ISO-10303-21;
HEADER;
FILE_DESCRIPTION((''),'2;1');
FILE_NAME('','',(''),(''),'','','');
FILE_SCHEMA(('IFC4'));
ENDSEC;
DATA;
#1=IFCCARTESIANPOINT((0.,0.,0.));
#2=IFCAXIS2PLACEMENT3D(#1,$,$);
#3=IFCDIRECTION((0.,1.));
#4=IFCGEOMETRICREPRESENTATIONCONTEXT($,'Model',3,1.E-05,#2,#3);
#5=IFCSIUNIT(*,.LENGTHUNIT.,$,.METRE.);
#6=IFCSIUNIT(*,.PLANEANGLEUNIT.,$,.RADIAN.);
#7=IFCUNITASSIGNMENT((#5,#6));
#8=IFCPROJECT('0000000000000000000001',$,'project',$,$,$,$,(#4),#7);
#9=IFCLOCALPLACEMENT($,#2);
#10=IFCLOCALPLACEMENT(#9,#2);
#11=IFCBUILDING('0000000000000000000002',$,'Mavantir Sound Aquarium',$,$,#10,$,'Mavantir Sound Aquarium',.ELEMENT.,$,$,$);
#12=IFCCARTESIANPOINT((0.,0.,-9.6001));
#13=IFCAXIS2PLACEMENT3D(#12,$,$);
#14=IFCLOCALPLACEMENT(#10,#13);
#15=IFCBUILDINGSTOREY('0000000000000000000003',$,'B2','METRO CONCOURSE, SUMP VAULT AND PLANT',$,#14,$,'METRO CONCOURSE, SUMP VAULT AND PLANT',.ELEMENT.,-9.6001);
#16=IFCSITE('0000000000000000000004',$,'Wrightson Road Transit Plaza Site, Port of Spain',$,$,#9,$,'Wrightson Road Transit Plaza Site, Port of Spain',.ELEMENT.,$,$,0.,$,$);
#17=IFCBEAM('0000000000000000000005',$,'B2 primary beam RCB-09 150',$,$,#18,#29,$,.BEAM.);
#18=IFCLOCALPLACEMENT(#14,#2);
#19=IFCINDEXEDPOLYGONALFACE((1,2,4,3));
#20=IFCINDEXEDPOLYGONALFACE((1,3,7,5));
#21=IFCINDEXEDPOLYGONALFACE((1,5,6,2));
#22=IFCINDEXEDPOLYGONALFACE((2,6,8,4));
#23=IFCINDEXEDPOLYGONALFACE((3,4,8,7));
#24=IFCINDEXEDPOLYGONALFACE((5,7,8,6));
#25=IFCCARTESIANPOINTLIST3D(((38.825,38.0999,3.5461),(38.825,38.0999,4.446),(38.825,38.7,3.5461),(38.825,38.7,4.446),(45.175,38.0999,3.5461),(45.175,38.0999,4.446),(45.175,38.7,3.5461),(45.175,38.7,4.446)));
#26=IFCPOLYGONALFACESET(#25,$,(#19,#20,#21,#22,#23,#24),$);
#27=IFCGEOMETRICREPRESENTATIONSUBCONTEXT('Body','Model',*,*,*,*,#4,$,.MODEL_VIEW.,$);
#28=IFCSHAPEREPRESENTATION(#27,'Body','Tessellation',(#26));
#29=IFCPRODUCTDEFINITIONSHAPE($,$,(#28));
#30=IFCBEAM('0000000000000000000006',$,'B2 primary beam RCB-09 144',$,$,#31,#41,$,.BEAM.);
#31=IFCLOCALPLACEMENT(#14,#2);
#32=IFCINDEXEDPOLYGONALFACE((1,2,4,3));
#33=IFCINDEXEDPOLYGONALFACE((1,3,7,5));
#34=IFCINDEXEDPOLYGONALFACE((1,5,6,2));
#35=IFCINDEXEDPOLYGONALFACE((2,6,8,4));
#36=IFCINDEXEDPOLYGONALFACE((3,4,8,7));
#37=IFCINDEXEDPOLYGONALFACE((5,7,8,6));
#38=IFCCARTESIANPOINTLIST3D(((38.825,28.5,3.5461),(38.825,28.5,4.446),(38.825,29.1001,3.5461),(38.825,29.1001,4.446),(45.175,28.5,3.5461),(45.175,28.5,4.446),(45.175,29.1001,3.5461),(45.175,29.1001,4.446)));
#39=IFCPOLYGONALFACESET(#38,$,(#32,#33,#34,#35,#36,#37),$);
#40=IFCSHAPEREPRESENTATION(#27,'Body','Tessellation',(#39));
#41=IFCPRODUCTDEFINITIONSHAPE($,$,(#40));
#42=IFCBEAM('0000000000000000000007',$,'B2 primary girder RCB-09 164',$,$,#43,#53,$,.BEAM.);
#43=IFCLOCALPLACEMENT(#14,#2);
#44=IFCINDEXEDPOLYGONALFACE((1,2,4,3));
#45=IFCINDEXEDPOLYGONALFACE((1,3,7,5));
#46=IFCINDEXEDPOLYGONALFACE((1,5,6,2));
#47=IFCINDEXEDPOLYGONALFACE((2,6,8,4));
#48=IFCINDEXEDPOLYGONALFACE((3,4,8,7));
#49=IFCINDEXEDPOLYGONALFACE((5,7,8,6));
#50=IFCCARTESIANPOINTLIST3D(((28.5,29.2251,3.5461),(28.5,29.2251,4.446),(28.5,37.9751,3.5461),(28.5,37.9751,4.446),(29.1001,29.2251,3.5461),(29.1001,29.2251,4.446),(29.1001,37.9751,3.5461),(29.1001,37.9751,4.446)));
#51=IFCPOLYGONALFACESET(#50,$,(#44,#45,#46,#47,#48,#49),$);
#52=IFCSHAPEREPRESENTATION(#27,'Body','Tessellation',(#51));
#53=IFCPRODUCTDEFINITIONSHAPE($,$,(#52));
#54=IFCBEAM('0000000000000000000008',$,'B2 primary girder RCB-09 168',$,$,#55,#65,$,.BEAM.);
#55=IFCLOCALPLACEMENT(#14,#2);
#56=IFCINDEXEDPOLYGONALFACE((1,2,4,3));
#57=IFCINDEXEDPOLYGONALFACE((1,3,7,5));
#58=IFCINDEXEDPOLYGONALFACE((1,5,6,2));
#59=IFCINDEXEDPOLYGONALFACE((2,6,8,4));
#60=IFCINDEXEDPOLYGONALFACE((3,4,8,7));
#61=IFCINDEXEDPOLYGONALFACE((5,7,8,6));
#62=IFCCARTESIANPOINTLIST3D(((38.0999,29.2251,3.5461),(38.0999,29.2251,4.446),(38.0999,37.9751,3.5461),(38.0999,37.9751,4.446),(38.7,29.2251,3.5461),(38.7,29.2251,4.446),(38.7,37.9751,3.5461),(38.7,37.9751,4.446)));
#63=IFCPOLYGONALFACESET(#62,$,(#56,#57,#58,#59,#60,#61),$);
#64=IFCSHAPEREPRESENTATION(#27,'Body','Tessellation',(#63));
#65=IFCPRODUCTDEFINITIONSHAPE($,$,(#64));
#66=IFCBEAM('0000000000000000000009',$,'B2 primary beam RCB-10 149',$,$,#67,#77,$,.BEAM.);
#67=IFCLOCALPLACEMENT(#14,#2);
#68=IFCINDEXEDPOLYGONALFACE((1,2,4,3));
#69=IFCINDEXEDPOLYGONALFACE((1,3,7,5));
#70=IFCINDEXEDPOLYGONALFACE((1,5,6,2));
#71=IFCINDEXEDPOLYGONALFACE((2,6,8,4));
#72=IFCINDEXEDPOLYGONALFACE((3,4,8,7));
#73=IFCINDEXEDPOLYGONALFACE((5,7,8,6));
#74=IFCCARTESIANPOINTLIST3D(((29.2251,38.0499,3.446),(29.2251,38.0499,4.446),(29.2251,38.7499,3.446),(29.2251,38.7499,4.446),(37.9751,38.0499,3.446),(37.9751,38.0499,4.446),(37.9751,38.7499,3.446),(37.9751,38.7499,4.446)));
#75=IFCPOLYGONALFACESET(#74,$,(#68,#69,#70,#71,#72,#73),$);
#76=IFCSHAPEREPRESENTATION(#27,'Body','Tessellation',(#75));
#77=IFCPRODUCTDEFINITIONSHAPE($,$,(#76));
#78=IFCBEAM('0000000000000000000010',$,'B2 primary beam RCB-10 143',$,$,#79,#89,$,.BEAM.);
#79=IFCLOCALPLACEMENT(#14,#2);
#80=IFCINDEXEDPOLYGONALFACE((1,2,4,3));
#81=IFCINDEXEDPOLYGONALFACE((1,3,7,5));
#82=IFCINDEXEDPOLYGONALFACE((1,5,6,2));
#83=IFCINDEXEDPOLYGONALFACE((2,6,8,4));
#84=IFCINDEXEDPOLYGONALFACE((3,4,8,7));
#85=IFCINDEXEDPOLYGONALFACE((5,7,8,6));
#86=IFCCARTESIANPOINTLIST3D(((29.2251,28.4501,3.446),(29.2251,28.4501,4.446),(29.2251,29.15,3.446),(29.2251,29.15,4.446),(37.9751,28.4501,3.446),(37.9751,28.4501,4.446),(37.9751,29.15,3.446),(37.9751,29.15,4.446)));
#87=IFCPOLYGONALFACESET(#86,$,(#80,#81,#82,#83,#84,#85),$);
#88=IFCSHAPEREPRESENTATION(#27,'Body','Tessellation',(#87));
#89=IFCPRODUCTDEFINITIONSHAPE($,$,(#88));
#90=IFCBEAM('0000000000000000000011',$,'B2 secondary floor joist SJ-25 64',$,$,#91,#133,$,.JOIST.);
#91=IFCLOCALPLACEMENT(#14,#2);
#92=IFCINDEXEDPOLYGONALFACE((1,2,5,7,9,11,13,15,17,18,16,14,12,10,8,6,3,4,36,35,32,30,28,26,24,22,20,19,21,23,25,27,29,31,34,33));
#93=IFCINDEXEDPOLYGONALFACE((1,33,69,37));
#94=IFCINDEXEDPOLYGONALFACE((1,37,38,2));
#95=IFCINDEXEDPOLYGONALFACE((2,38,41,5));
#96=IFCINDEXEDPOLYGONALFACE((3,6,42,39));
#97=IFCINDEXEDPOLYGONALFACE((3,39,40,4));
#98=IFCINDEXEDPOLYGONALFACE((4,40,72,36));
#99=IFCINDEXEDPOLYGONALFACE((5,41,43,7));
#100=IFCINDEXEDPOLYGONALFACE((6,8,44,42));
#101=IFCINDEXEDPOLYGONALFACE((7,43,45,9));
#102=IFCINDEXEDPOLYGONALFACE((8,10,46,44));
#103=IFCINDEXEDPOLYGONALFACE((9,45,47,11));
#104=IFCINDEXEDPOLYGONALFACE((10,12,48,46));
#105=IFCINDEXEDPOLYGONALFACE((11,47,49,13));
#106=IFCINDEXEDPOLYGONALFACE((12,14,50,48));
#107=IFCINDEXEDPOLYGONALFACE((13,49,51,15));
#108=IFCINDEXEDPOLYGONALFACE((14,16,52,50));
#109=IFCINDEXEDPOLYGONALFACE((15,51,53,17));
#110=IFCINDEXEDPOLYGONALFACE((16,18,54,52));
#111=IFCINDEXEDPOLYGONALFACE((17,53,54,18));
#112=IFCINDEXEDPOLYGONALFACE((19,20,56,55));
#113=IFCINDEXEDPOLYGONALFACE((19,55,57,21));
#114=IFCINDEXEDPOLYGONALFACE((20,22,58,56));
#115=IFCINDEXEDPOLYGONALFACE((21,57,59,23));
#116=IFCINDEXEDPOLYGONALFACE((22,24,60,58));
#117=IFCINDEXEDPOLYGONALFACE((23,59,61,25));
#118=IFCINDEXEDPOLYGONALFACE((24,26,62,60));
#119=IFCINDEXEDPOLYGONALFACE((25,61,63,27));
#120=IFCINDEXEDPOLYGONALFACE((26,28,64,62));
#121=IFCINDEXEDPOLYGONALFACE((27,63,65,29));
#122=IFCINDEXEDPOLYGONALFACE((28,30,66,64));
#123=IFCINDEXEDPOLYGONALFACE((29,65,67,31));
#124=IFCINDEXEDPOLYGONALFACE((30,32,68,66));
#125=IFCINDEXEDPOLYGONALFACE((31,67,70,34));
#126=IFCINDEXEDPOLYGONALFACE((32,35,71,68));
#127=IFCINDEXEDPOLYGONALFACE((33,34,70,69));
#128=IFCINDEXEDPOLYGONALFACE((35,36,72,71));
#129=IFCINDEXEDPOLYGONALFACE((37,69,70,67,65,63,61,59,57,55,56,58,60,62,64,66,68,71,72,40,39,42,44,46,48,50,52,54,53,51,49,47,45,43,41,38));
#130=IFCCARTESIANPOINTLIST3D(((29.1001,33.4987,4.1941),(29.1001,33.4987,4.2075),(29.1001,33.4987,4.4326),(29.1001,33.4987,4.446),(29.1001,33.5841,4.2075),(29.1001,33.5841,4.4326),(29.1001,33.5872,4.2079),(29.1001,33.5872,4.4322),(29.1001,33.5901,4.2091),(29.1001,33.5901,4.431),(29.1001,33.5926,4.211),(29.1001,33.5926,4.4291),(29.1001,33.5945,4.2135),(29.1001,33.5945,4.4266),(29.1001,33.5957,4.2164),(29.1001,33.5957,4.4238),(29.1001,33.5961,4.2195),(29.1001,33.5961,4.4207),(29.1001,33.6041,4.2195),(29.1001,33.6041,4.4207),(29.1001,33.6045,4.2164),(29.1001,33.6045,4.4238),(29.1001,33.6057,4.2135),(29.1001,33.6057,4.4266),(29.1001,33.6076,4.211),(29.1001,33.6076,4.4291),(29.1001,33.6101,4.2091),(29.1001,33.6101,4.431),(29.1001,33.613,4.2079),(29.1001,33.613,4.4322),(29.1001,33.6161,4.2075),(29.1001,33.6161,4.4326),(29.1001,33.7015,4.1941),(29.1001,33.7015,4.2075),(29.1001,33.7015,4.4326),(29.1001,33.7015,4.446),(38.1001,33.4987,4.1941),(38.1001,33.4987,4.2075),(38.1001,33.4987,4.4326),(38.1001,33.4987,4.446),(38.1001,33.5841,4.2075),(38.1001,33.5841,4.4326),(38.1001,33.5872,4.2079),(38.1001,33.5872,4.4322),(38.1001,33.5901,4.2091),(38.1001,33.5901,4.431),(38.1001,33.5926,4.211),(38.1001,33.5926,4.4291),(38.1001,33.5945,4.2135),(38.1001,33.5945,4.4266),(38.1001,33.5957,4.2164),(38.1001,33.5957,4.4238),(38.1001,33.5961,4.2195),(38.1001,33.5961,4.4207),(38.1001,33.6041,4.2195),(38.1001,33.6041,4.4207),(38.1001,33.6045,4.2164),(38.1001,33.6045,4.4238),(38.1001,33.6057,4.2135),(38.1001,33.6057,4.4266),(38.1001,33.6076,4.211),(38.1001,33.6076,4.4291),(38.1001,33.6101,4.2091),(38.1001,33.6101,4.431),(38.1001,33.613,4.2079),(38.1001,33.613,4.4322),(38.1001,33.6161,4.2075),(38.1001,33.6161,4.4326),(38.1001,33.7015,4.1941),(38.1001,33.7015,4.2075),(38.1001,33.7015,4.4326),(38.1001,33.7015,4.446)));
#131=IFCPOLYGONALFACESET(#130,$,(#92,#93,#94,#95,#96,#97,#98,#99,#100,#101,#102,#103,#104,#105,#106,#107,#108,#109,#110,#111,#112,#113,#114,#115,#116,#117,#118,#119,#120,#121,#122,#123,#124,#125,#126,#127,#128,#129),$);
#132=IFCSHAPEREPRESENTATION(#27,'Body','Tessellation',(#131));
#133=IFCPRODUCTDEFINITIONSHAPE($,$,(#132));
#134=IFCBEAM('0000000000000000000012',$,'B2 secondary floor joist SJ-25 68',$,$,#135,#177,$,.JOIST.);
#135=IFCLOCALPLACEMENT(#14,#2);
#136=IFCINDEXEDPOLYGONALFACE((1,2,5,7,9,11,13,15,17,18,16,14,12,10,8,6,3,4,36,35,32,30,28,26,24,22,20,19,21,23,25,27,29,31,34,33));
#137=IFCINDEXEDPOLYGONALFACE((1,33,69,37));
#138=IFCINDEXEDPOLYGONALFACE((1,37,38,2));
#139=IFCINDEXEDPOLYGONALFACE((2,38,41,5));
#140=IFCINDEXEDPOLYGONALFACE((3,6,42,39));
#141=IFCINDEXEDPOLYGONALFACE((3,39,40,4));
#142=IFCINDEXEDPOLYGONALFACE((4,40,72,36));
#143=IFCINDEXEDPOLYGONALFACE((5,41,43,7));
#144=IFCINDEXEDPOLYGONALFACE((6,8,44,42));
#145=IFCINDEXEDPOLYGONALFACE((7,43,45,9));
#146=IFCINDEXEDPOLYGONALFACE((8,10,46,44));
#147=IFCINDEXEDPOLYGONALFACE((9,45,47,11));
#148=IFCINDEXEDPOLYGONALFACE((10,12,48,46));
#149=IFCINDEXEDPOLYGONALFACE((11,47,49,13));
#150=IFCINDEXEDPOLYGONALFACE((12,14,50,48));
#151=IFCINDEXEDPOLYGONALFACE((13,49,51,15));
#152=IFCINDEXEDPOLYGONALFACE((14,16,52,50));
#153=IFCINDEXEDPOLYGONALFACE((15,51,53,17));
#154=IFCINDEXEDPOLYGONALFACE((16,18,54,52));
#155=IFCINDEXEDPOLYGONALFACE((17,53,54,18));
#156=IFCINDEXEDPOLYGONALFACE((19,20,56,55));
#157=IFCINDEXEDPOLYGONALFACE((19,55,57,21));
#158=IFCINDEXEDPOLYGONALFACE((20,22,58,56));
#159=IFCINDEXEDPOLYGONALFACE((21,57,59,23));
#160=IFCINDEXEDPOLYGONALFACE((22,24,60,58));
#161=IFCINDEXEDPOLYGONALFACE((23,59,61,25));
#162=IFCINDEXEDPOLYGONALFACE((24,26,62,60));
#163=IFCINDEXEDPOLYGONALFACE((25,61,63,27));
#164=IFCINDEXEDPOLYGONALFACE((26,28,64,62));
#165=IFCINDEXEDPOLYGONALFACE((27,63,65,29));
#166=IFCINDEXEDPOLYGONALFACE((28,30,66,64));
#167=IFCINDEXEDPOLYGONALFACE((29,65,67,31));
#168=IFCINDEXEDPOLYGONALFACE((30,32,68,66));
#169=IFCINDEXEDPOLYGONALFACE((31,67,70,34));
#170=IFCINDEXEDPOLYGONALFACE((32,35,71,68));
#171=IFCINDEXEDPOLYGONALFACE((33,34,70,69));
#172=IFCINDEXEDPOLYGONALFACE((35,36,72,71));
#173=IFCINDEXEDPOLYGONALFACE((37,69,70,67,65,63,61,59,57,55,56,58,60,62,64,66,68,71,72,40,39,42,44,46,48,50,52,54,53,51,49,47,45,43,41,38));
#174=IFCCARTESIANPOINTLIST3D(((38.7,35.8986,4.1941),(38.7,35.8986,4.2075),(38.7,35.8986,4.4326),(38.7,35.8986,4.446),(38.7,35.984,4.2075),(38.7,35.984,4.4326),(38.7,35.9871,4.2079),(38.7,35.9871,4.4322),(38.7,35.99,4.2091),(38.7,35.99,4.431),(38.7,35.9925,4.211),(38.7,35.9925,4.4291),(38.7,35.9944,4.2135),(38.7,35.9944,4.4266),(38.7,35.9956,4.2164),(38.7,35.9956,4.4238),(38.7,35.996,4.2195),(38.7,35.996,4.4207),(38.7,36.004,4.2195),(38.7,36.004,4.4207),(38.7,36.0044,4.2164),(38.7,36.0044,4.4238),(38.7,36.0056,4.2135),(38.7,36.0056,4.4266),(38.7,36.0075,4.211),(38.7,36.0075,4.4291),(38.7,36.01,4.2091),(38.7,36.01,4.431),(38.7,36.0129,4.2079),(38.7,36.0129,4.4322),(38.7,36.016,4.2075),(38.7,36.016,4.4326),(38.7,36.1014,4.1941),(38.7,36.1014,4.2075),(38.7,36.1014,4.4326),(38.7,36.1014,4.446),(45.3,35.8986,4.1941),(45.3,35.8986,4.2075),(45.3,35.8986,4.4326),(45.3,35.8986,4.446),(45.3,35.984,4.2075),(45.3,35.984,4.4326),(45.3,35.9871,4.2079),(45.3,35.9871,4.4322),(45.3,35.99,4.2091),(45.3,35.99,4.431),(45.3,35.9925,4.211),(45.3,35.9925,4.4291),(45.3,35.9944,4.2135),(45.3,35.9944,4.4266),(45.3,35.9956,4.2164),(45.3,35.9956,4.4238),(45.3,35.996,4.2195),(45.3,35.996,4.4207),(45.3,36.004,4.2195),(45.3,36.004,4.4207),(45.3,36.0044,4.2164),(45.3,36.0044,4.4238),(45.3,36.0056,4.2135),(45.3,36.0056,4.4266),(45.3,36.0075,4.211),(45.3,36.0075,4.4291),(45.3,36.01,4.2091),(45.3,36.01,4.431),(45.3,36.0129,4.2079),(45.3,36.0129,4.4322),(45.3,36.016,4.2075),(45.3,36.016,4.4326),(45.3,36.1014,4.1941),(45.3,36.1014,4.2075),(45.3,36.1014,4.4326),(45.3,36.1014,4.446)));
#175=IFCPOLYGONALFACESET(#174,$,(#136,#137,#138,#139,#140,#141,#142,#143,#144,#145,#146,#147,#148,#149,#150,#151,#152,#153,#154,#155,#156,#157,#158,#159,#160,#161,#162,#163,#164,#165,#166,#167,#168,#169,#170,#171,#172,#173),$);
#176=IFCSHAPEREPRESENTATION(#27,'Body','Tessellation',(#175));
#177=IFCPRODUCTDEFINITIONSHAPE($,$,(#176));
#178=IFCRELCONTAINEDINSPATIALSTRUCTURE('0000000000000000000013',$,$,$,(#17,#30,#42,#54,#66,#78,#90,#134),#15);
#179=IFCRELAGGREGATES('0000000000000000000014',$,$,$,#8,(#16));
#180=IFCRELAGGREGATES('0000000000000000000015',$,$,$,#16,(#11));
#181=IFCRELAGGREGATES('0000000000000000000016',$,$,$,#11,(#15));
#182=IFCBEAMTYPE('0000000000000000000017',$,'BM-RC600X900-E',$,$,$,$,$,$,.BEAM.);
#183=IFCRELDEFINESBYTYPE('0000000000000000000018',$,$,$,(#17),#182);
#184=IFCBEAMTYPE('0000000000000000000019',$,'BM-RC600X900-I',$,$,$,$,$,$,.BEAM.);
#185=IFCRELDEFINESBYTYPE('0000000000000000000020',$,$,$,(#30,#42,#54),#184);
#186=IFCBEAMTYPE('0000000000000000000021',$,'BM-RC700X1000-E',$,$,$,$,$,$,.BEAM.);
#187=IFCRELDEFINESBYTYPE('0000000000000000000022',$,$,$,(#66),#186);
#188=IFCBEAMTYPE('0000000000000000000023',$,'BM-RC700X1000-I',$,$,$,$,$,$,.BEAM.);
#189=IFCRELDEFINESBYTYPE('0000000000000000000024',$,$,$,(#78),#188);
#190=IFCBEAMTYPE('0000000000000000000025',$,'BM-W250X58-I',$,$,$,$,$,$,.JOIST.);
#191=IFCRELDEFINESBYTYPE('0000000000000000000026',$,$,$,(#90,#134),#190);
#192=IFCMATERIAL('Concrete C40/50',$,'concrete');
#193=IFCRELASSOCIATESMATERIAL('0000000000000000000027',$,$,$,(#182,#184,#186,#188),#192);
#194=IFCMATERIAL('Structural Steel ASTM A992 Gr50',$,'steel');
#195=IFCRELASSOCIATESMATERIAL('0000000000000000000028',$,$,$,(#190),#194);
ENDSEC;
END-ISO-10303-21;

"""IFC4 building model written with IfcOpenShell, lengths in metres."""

from ifc_helpers import new_model, si_unit, direction, frame, origin, origin_2d, place, context, subcontext, project, spatial, rectangle, i_section, extrude, material, material_profile, profile_set, type_object, element, save


model = new_model("IFC4")

# Units and contexts
model_context = context("Model", 3, precision=1e-05, world=origin(), true_north=direction((0.0, 1.0)))
body_context = subcontext(model_context, "Body", "Model", "MODEL_VIEW")
ifc_project = project(units=[si_unit("LENGTHUNIT", "METRE"), si_unit("PLANEANGLEUNIT", "RADIAN")], contexts=[model_context])

# Site, building, storey
site_placement = place(None, origin())
site = spatial("IfcSite", under=ifc_project, at=site_placement, Name="Wrightson Road Transit Plaza Site, Port of Spain", LongName="Wrightson Road Transit Plaza Site, Port of Spain", CompositionType="ELEMENT", RefElevation=0.0)
building_placement = place(site_placement, origin())
building = spatial("IfcBuilding", under=site, at=building_placement, Name="Mavantir Sound Aquarium", LongName="Mavantir Sound Aquarium", CompositionType="ELEMENT")
storey_placement = place(building_placement, frame((0.0, 0.0, -9.6001)))
storey = spatial("IfcBuildingStorey", under=building, at=storey_placement, Name="B2", Description="METRO CONCOURSE, SUMP VAULT AND PLANT", LongName="METRO CONCOURSE, SUMP VAULT AND PLANT", CompositionType="ELEMENT", Elevation=-9.6001)

# Shared definitions
ifc_material_1 = material(Name="Concrete C40/50", Category="concrete")

# Beams
ifc_material_profile_1 = material_profile(ifc_material_1, rectangle(XDim=0.6001, YDim=0.8999, at=origin_2d()), Name="RC 600X900")
ifc_profile_set_1 = profile_set([ifc_material_profile_1], Name="Concrete C40/50")
beam_type_1 = type_object("IfcBeamType", Name="BM-RC600X900-E", PredefinedType="BEAM", material=ifc_profile_set_1)
beam_1_placement = place(storey_placement, frame((38.825, 38.3999, 3.9961), z_axis=(1.0, 0.0, 0.0), x_axis=(0.0, 1.0, 0.0)))
element("IfcBeam", 1, at=beam_1_placement, inside=storey, type_object=beam_type_1, Name="B2 primary beam RCB-09 150", PredefinedType="BEAM", context=body_context, shape_type="SweptSolid", body=[
    extrude(rectangle(XDim=0.6001, YDim=0.8999, at=origin_2d()), origin(), (0.0, 0.0, 1.0), 6.3501),
])
ifc_material_profile_2 = material_profile(ifc_material_1, rectangle(XDim=0.6001, YDim=0.8999, at=origin_2d()), Name="RC 600X900")
ifc_profile_set_2 = profile_set([ifc_material_profile_2], Name="Concrete C40/50")
beam_type_2 = type_object("IfcBeamType", Name="BM-RC600X900-I", PredefinedType="BEAM", material=ifc_profile_set_2)
beam_2_placement = place(storey_placement, frame((38.825, 28.8, 3.9961), z_axis=(1.0, 0.0, 0.0), x_axis=(0.0, 1.0, 0.0)))
element("IfcBeam", 2, at=beam_2_placement, inside=storey, type_object=beam_type_2, Name="B2 primary beam RCB-09 144", PredefinedType="BEAM", context=body_context, shape_type="SweptSolid", body=[
    extrude(rectangle(XDim=0.6001, YDim=0.8999, at=origin_2d()), origin(), (0.0, 0.0, 1.0), 6.3501),
])
for number, where, z_axis, x_axis, name in (
    (3, (28.8, 29.2251, 3.9961), (0.0, 1.0, 0.0), (-1.0, 0.0, 0.0), "B2 primary girder RCB-09 164"),
    (4, (38.3999, 29.2251, 3.9961), (0.0, 1.0, 0.0), (-1.0, 0.0, 0.0), "B2 primary girder RCB-09 168"),
):
    element("IfcBeam", number, at=place(storey_placement, frame(where, z_axis=z_axis, x_axis=x_axis)), inside=storey, type_object=beam_type_2, Name=name, PredefinedType="BEAM", context=body_context, shape_type="SweptSolid", body=[
        extrude(rectangle(XDim=0.6001, YDim=0.8999, at=origin_2d()), origin(), (0.0, 0.0, 1.0), 8.75),
    ])
ifc_material_profile_3 = material_profile(ifc_material_1, rectangle(XDim=0.7, YDim=1.0, at=origin_2d()), Name="RC 700X1000")
ifc_profile_set_3 = profile_set([ifc_material_profile_3], Name="Concrete C40/50")
beam_type_3 = type_object("IfcBeamType", Name="BM-RC700X1000-E", PredefinedType="BEAM", material=ifc_profile_set_3)
beam_3_placement = place(storey_placement, frame((29.2251, 38.3999, 3.946), z_axis=(1.0, 0.0, 0.0), x_axis=(0.0, 1.0, 0.0)))
element("IfcBeam", 5, at=beam_3_placement, inside=storey, type_object=beam_type_3, Name="B2 primary beam RCB-10 149", PredefinedType="BEAM", context=body_context, shape_type="SweptSolid", body=[
    extrude(rectangle(XDim=0.7, YDim=1.0, at=origin_2d()), origin(), (0.0, 0.0, 1.0), 8.75),
])
ifc_material_profile_4 = material_profile(ifc_material_1, rectangle(XDim=0.7, YDim=1.0, at=origin_2d()), Name="RC 700X1000")
ifc_profile_set_4 = profile_set([ifc_material_profile_4], Name="Concrete C40/50")
beam_type_4 = type_object("IfcBeamType", Name="BM-RC700X1000-I", PredefinedType="BEAM", material=ifc_profile_set_4)
beam_4_placement = place(storey_placement, frame((29.2251, 28.8, 3.946), z_axis=(1.0, 0.0, 0.0), x_axis=(0.0, 1.0, 0.0)))
element("IfcBeam", 6, at=beam_4_placement, inside=storey, type_object=beam_type_4, Name="B2 primary beam RCB-10 143", PredefinedType="BEAM", context=body_context, shape_type="SweptSolid", body=[
    extrude(rectangle(XDim=0.7, YDim=1.0, at=origin_2d()), origin(), (0.0, 0.0, 1.0), 8.75),
])
ifc_material_2 = material(Name="Structural Steel ASTM A992 Gr50", Category="steel")
ifc_material_profile_5 = material_profile(ifc_material_2, i_section(OverallWidth=0.2029, OverallDepth=0.252, WebThickness=0.0081, FlangeThickness=0.0134, FilletRadius=0.012, at=origin_2d()), Name="W250X58")
ifc_profile_set_5 = profile_set([ifc_material_profile_5], Name="Structural Steel ASTM A992 Gr50")
beam_type_5 = type_object("IfcBeamType", Name="BM-W250X58-I", PredefinedType="JOIST", material=ifc_profile_set_5)
beam_5_placement = place(storey_placement, frame((29.1001, 33.6001, 4.3201), z_axis=(1.0, 0.0, 0.0), x_axis=(0.0, 1.0, 0.0)))
element("IfcBeam", 7, at=beam_5_placement, inside=storey, type_object=beam_type_5, Name="B2 secondary floor joist SJ-25 64", PredefinedType="JOIST", context=body_context, shape_type="SweptSolid", body=[
    extrude(i_section(OverallWidth=0.2029, OverallDepth=0.252, WebThickness=0.0081, FlangeThickness=0.0134, FilletRadius=0.012, at=origin_2d()), origin(), (0.0, 0.0, 1.0), 9.0),
])
beam_6_placement = place(storey_placement, frame((38.7, 36.0, 4.3201), z_axis=(1.0, 0.0, 0.0), x_axis=(0.0, 1.0, 0.0)))
element("IfcBeam", 8, at=beam_6_placement, inside=storey, type_object=beam_type_5, Name="B2 secondary floor joist SJ-25 68", PredefinedType="JOIST", context=body_context, shape_type="SweptSolid", body=[
    extrude(i_section(OverallWidth=0.2029, OverallDepth=0.252, WebThickness=0.0081, FlangeThickness=0.0134, FilletRadius=0.012, at=origin_2d()), origin(), (0.0, 0.0, 1.0), 6.6001),
])

save(model, "model.ifc")
